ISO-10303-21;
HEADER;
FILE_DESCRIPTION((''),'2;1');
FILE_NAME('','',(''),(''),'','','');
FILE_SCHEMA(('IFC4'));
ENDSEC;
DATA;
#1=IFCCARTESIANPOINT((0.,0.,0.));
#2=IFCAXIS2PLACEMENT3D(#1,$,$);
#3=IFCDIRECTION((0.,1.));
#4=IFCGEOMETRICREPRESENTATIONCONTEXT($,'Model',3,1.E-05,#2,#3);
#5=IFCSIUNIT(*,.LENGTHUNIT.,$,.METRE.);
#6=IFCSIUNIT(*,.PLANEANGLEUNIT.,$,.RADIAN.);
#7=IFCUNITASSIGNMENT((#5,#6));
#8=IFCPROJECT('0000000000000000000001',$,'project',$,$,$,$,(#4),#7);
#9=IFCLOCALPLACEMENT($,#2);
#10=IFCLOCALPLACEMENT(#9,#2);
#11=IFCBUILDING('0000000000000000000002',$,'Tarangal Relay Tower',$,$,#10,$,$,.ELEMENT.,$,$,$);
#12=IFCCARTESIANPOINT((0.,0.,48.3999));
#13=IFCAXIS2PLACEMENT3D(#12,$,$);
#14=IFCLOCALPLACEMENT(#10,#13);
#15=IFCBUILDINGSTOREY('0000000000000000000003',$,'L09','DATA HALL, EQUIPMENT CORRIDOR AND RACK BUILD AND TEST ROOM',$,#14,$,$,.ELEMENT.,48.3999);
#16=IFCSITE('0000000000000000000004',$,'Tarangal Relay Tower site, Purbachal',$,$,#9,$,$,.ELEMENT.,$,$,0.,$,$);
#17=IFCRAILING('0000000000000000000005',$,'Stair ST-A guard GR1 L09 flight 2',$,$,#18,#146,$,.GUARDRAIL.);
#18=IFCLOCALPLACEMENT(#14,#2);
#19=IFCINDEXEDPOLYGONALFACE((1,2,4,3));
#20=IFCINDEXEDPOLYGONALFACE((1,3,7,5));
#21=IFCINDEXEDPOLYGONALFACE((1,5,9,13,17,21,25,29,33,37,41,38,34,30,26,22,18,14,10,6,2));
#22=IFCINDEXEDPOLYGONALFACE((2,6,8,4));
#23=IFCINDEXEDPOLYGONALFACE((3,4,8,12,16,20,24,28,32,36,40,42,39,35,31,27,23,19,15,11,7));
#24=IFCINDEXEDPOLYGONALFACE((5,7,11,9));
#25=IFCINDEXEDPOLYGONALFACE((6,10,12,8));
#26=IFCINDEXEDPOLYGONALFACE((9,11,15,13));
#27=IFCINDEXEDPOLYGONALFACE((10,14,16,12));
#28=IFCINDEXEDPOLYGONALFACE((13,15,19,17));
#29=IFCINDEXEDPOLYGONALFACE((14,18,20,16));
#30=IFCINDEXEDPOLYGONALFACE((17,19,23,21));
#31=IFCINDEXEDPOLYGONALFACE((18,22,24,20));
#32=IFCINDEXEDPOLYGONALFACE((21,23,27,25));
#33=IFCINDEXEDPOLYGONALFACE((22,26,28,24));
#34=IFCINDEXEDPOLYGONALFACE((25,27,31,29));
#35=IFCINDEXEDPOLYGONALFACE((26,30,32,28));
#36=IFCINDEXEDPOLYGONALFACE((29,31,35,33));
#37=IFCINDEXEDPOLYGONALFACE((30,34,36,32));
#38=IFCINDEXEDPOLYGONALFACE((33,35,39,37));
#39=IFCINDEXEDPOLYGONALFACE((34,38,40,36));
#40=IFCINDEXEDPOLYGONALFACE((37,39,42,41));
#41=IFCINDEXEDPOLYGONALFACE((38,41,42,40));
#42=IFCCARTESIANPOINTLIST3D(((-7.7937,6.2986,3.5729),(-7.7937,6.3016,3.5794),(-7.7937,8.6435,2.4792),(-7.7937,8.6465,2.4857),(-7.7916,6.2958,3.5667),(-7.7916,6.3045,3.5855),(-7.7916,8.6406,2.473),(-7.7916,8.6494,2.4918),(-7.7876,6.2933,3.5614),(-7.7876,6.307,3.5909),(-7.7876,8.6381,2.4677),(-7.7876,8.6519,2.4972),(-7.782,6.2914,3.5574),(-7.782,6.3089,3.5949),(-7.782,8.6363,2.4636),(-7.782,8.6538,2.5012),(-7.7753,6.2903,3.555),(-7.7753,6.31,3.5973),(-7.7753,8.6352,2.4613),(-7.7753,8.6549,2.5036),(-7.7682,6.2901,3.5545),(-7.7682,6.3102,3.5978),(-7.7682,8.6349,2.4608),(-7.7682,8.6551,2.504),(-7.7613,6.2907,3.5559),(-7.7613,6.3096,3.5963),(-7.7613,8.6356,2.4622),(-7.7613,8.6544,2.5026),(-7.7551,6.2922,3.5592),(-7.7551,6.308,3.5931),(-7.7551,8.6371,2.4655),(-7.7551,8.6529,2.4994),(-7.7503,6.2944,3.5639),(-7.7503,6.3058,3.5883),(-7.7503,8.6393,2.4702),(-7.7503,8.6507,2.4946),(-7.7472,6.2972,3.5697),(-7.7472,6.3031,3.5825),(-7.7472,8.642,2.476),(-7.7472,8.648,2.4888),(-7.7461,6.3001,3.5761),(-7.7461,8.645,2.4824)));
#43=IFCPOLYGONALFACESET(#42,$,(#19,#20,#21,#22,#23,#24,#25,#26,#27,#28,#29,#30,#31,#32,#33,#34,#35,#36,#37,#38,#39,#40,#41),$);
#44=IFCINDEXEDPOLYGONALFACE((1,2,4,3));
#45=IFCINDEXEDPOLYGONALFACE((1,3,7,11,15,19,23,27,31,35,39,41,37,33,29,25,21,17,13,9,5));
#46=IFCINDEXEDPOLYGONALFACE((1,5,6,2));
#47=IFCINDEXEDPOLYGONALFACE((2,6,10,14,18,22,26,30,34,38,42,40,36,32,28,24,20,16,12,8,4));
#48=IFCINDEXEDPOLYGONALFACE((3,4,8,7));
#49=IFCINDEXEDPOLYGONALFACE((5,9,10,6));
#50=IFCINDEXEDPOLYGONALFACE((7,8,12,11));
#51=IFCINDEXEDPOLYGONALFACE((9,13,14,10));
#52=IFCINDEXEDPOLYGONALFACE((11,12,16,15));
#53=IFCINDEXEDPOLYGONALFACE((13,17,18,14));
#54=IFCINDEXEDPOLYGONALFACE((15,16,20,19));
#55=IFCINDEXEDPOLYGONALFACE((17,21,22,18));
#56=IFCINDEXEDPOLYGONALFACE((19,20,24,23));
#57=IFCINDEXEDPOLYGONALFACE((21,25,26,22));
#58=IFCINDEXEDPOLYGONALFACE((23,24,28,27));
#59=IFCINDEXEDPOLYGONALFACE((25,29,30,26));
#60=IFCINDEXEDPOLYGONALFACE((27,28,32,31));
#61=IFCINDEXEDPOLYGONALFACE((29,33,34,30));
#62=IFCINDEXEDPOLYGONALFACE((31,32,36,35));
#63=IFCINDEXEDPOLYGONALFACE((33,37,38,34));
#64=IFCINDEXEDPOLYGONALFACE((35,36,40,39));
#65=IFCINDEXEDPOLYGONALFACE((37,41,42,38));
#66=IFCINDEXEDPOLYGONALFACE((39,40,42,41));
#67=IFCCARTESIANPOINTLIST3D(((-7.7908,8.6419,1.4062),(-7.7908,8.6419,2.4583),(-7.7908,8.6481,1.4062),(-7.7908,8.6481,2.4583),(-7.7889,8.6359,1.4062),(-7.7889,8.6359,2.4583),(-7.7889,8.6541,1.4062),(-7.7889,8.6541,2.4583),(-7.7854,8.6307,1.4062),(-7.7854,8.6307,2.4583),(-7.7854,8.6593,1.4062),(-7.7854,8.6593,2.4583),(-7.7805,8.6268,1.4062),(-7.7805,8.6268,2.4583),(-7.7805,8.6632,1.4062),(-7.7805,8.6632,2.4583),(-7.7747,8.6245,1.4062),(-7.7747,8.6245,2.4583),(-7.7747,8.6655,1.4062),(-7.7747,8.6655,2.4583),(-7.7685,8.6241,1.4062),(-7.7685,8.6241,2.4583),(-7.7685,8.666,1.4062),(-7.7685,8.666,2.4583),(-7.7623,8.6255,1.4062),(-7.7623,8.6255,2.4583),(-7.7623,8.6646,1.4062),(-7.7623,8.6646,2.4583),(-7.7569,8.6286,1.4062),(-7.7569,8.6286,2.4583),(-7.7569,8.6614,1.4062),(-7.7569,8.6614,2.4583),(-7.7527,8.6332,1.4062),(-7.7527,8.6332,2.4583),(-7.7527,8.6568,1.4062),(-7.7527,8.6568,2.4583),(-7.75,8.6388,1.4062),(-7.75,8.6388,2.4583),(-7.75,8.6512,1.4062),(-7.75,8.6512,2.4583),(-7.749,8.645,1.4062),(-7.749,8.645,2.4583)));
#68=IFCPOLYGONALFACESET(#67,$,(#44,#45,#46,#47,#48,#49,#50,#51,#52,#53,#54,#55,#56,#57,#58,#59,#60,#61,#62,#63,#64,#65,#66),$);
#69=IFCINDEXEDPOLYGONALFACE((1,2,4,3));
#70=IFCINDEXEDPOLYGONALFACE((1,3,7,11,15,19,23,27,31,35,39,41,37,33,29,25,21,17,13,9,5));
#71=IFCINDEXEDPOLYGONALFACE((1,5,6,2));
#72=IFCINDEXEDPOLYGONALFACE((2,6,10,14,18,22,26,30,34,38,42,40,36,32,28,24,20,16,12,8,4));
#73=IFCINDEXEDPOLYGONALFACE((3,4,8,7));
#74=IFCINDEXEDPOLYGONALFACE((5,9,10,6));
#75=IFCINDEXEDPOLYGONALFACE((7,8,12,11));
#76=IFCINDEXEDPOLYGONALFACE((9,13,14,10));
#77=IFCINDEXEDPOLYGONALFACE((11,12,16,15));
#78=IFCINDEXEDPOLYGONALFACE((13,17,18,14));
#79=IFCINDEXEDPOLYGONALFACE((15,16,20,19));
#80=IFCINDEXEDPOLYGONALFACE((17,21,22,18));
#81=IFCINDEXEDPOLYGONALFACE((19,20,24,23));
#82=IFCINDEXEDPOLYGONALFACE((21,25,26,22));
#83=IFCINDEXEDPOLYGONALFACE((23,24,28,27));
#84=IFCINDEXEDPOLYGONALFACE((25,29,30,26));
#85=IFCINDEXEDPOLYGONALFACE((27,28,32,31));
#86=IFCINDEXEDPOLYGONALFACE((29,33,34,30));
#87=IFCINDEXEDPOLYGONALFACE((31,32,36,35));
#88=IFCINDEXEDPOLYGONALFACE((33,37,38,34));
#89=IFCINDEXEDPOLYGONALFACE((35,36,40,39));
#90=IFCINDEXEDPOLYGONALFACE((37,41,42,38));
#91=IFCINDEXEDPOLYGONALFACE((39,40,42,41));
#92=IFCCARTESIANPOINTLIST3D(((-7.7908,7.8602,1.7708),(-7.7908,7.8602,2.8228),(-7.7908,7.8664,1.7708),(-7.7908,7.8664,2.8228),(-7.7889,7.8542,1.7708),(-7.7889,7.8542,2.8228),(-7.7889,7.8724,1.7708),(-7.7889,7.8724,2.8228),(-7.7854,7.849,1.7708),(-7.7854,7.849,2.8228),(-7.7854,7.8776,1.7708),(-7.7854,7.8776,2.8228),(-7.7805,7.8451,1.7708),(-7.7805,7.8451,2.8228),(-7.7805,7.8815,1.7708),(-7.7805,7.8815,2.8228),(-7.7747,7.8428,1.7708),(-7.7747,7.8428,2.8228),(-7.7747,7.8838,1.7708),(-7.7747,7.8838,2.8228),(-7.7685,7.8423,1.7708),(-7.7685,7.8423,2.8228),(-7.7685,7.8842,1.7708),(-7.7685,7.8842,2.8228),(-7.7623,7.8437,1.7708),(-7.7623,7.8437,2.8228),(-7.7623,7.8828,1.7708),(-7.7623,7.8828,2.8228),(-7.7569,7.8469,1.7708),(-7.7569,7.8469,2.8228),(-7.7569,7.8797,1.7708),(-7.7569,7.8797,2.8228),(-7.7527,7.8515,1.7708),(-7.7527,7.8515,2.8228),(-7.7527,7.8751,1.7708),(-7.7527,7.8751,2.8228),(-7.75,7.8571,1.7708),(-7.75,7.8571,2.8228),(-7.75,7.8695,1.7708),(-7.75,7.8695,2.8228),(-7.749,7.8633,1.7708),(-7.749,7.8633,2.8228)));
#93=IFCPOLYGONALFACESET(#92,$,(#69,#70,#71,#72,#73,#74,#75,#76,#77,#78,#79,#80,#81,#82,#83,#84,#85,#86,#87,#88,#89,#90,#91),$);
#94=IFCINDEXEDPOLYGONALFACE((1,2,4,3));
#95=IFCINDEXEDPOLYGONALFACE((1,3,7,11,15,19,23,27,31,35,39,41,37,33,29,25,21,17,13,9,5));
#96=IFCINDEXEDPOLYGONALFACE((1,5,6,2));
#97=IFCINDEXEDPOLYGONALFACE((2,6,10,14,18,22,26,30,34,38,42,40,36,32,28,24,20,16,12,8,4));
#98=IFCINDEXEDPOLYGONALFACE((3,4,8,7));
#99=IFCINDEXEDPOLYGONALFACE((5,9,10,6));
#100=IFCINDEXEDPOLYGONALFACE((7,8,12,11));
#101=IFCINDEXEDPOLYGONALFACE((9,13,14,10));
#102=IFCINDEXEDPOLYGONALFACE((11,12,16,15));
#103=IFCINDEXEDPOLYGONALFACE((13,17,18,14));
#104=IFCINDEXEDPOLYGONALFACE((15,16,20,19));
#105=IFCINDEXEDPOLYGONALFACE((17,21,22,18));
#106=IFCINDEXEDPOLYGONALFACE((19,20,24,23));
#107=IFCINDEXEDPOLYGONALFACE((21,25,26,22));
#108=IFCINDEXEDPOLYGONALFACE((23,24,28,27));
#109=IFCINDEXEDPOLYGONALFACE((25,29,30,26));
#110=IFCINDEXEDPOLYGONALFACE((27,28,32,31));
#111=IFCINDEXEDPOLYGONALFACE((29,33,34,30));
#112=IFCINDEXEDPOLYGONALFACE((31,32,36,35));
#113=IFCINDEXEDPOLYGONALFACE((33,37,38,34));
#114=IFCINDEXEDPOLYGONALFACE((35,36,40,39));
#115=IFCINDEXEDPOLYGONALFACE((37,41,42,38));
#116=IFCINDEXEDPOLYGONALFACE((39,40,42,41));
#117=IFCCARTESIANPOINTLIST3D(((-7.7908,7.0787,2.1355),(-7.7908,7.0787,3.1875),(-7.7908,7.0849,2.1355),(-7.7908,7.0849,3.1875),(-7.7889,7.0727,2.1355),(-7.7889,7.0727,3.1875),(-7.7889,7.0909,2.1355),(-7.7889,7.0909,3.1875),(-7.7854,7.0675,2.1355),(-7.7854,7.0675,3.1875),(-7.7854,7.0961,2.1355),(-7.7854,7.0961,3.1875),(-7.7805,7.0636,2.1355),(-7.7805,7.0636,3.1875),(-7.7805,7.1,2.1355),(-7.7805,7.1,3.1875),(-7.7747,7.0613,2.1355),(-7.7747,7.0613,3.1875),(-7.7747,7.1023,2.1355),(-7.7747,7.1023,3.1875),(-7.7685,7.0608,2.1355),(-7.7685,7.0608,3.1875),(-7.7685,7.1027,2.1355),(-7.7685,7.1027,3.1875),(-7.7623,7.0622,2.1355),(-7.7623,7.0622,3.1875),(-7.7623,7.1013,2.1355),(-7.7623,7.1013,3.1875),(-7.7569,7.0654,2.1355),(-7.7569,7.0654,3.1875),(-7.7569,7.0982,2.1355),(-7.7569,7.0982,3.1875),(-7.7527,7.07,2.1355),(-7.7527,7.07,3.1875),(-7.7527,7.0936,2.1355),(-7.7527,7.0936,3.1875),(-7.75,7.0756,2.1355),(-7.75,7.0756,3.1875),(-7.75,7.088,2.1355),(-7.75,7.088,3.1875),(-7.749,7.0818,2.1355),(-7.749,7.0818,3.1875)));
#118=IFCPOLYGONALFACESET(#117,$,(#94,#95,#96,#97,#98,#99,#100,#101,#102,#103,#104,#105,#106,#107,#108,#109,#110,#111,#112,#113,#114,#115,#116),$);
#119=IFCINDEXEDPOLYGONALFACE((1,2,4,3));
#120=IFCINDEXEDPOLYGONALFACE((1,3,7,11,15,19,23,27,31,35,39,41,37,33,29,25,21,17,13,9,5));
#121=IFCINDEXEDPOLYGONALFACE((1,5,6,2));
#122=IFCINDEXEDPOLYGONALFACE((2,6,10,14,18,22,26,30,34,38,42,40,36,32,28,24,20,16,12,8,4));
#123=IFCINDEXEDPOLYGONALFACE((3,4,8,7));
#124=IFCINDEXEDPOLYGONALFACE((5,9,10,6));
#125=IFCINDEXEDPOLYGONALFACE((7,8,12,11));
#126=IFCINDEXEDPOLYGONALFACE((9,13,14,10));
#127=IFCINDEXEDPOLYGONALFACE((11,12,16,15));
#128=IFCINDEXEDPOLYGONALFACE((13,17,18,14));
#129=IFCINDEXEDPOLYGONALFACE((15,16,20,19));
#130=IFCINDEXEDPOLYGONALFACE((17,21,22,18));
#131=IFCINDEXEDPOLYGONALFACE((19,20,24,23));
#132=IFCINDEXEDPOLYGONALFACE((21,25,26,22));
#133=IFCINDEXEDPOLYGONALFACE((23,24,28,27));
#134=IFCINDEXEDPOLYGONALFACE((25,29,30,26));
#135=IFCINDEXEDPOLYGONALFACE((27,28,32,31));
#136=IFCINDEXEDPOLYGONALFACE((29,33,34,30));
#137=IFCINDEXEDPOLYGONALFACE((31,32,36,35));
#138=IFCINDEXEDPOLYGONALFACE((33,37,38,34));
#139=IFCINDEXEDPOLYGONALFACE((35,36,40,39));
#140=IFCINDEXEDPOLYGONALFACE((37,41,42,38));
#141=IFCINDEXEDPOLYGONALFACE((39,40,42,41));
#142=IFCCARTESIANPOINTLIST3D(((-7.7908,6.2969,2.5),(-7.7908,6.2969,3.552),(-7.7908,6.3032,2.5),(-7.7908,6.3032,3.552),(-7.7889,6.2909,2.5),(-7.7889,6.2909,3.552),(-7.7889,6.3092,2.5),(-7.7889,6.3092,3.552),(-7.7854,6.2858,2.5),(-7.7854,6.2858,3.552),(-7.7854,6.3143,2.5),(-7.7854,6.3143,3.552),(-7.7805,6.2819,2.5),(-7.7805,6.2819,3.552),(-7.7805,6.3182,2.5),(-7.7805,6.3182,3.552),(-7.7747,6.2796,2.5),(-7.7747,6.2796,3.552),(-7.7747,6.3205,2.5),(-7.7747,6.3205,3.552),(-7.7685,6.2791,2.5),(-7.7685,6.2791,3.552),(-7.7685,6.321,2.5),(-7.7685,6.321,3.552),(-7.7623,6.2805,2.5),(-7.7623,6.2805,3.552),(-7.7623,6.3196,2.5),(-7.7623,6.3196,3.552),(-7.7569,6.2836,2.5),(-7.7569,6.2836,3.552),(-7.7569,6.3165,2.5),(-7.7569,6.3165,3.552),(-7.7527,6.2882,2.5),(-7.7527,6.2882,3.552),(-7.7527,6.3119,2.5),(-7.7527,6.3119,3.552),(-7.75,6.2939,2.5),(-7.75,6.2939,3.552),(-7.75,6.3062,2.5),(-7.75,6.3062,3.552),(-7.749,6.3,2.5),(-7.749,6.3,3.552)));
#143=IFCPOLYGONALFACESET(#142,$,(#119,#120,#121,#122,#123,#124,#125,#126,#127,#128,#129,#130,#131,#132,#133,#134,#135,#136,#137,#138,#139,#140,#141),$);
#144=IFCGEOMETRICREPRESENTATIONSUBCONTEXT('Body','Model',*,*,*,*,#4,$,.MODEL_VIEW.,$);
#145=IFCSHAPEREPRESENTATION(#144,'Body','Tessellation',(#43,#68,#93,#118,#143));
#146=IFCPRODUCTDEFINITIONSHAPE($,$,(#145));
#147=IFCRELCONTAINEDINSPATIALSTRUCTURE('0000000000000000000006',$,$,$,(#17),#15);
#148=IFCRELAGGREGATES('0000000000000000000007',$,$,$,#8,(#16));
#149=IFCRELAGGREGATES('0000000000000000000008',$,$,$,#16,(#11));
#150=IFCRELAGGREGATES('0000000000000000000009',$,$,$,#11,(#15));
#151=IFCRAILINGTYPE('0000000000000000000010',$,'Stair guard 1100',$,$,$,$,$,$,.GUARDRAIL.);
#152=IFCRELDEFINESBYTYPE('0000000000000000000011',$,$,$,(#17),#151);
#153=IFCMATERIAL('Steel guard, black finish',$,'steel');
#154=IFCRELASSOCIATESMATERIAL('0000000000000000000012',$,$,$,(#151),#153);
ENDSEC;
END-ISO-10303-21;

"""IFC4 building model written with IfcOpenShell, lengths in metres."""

from ifc_helpers import new_model, si_unit, direction, frame, origin, origin_2d, place, context, subcontext, project, spatial, circle, extrude, material, type_object, element, save


model = new_model("IFC4")

# Units and contexts
model_context = context("Model", 3, precision=1e-05, world=origin(), true_north=direction((0.0, 1.0)))
body_context = subcontext(model_context, "Body", "Model", "MODEL_VIEW")
ifc_project = project(units=[si_unit("LENGTHUNIT", "METRE"), si_unit("PLANEANGLEUNIT", "RADIAN")], contexts=[model_context])

# Site, building, storey
site_placement = place(None, origin())
site = spatial("IfcSite", under=ifc_project, at=site_placement, Name="Tarangal Relay Tower site, Purbachal", CompositionType="ELEMENT", RefElevation=0.0)
building_placement = place(site_placement, origin())
building = spatial("IfcBuilding", under=site, at=building_placement, Name="Tarangal Relay Tower", CompositionType="ELEMENT")
storey_placement = place(building_placement, frame((0.0, 0.0, 48.3999)))
storey = spatial("IfcBuildingStorey", under=building, at=storey_placement, Name="L09", Description="DATA HALL, EQUIPMENT CORRIDOR AND RACK BUILD AND TEST ROOM", CompositionType="ELEMENT", Elevation=48.3999)

# Railing
ifc_material_1 = material(Name="Steel guard, black finish", Category="steel")
railing_type = type_object("IfcRailingType", Name="Stair guard 1100", PredefinedType="GUARDRAIL", material=ifc_material_1)
railing_1_placement = place(storey_placement, frame((-7.77, 8.645, 1.4062)))
element("IfcRailing", 1, at=railing_1_placement, inside=storey, type_object=railing_type, Name="Stair ST-A guard GR1 L09 flight 2", PredefinedType="GUARDRAIL", context=body_context, shape_type="SweptSolid", body=[
    extrude(circle(Radius=0.0239, at=origin_2d()), frame((0.0, 0.0, 1.0762), z_axis=(0.0, -0.906267, 0.422705), x_axis=(1.0, 0.0, 0.0)), (0.0, 0.0, 1.0), 2.5874),
    extrude(circle(Radius=0.021, at=origin_2d()), origin(), (0.0, 0.0, 1.0), 1.052),
    extrude(circle(Radius=0.021, at=origin_2d()), frame((0.0, -0.7817, 0.3645)), (0.0, 0.0, 1.0), 1.052),
    extrude(circle(Radius=0.021, at=origin_2d()), frame((0.0, -1.5632, 0.7292)), (0.0, 0.0, 1.0), 1.052),
    extrude(circle(Radius=0.021, at=origin_2d()), frame((0.0, -2.345, 1.0938)), (0.0, 0.0, 1.0), 1.052),
])

save(model, "model.ifc")
